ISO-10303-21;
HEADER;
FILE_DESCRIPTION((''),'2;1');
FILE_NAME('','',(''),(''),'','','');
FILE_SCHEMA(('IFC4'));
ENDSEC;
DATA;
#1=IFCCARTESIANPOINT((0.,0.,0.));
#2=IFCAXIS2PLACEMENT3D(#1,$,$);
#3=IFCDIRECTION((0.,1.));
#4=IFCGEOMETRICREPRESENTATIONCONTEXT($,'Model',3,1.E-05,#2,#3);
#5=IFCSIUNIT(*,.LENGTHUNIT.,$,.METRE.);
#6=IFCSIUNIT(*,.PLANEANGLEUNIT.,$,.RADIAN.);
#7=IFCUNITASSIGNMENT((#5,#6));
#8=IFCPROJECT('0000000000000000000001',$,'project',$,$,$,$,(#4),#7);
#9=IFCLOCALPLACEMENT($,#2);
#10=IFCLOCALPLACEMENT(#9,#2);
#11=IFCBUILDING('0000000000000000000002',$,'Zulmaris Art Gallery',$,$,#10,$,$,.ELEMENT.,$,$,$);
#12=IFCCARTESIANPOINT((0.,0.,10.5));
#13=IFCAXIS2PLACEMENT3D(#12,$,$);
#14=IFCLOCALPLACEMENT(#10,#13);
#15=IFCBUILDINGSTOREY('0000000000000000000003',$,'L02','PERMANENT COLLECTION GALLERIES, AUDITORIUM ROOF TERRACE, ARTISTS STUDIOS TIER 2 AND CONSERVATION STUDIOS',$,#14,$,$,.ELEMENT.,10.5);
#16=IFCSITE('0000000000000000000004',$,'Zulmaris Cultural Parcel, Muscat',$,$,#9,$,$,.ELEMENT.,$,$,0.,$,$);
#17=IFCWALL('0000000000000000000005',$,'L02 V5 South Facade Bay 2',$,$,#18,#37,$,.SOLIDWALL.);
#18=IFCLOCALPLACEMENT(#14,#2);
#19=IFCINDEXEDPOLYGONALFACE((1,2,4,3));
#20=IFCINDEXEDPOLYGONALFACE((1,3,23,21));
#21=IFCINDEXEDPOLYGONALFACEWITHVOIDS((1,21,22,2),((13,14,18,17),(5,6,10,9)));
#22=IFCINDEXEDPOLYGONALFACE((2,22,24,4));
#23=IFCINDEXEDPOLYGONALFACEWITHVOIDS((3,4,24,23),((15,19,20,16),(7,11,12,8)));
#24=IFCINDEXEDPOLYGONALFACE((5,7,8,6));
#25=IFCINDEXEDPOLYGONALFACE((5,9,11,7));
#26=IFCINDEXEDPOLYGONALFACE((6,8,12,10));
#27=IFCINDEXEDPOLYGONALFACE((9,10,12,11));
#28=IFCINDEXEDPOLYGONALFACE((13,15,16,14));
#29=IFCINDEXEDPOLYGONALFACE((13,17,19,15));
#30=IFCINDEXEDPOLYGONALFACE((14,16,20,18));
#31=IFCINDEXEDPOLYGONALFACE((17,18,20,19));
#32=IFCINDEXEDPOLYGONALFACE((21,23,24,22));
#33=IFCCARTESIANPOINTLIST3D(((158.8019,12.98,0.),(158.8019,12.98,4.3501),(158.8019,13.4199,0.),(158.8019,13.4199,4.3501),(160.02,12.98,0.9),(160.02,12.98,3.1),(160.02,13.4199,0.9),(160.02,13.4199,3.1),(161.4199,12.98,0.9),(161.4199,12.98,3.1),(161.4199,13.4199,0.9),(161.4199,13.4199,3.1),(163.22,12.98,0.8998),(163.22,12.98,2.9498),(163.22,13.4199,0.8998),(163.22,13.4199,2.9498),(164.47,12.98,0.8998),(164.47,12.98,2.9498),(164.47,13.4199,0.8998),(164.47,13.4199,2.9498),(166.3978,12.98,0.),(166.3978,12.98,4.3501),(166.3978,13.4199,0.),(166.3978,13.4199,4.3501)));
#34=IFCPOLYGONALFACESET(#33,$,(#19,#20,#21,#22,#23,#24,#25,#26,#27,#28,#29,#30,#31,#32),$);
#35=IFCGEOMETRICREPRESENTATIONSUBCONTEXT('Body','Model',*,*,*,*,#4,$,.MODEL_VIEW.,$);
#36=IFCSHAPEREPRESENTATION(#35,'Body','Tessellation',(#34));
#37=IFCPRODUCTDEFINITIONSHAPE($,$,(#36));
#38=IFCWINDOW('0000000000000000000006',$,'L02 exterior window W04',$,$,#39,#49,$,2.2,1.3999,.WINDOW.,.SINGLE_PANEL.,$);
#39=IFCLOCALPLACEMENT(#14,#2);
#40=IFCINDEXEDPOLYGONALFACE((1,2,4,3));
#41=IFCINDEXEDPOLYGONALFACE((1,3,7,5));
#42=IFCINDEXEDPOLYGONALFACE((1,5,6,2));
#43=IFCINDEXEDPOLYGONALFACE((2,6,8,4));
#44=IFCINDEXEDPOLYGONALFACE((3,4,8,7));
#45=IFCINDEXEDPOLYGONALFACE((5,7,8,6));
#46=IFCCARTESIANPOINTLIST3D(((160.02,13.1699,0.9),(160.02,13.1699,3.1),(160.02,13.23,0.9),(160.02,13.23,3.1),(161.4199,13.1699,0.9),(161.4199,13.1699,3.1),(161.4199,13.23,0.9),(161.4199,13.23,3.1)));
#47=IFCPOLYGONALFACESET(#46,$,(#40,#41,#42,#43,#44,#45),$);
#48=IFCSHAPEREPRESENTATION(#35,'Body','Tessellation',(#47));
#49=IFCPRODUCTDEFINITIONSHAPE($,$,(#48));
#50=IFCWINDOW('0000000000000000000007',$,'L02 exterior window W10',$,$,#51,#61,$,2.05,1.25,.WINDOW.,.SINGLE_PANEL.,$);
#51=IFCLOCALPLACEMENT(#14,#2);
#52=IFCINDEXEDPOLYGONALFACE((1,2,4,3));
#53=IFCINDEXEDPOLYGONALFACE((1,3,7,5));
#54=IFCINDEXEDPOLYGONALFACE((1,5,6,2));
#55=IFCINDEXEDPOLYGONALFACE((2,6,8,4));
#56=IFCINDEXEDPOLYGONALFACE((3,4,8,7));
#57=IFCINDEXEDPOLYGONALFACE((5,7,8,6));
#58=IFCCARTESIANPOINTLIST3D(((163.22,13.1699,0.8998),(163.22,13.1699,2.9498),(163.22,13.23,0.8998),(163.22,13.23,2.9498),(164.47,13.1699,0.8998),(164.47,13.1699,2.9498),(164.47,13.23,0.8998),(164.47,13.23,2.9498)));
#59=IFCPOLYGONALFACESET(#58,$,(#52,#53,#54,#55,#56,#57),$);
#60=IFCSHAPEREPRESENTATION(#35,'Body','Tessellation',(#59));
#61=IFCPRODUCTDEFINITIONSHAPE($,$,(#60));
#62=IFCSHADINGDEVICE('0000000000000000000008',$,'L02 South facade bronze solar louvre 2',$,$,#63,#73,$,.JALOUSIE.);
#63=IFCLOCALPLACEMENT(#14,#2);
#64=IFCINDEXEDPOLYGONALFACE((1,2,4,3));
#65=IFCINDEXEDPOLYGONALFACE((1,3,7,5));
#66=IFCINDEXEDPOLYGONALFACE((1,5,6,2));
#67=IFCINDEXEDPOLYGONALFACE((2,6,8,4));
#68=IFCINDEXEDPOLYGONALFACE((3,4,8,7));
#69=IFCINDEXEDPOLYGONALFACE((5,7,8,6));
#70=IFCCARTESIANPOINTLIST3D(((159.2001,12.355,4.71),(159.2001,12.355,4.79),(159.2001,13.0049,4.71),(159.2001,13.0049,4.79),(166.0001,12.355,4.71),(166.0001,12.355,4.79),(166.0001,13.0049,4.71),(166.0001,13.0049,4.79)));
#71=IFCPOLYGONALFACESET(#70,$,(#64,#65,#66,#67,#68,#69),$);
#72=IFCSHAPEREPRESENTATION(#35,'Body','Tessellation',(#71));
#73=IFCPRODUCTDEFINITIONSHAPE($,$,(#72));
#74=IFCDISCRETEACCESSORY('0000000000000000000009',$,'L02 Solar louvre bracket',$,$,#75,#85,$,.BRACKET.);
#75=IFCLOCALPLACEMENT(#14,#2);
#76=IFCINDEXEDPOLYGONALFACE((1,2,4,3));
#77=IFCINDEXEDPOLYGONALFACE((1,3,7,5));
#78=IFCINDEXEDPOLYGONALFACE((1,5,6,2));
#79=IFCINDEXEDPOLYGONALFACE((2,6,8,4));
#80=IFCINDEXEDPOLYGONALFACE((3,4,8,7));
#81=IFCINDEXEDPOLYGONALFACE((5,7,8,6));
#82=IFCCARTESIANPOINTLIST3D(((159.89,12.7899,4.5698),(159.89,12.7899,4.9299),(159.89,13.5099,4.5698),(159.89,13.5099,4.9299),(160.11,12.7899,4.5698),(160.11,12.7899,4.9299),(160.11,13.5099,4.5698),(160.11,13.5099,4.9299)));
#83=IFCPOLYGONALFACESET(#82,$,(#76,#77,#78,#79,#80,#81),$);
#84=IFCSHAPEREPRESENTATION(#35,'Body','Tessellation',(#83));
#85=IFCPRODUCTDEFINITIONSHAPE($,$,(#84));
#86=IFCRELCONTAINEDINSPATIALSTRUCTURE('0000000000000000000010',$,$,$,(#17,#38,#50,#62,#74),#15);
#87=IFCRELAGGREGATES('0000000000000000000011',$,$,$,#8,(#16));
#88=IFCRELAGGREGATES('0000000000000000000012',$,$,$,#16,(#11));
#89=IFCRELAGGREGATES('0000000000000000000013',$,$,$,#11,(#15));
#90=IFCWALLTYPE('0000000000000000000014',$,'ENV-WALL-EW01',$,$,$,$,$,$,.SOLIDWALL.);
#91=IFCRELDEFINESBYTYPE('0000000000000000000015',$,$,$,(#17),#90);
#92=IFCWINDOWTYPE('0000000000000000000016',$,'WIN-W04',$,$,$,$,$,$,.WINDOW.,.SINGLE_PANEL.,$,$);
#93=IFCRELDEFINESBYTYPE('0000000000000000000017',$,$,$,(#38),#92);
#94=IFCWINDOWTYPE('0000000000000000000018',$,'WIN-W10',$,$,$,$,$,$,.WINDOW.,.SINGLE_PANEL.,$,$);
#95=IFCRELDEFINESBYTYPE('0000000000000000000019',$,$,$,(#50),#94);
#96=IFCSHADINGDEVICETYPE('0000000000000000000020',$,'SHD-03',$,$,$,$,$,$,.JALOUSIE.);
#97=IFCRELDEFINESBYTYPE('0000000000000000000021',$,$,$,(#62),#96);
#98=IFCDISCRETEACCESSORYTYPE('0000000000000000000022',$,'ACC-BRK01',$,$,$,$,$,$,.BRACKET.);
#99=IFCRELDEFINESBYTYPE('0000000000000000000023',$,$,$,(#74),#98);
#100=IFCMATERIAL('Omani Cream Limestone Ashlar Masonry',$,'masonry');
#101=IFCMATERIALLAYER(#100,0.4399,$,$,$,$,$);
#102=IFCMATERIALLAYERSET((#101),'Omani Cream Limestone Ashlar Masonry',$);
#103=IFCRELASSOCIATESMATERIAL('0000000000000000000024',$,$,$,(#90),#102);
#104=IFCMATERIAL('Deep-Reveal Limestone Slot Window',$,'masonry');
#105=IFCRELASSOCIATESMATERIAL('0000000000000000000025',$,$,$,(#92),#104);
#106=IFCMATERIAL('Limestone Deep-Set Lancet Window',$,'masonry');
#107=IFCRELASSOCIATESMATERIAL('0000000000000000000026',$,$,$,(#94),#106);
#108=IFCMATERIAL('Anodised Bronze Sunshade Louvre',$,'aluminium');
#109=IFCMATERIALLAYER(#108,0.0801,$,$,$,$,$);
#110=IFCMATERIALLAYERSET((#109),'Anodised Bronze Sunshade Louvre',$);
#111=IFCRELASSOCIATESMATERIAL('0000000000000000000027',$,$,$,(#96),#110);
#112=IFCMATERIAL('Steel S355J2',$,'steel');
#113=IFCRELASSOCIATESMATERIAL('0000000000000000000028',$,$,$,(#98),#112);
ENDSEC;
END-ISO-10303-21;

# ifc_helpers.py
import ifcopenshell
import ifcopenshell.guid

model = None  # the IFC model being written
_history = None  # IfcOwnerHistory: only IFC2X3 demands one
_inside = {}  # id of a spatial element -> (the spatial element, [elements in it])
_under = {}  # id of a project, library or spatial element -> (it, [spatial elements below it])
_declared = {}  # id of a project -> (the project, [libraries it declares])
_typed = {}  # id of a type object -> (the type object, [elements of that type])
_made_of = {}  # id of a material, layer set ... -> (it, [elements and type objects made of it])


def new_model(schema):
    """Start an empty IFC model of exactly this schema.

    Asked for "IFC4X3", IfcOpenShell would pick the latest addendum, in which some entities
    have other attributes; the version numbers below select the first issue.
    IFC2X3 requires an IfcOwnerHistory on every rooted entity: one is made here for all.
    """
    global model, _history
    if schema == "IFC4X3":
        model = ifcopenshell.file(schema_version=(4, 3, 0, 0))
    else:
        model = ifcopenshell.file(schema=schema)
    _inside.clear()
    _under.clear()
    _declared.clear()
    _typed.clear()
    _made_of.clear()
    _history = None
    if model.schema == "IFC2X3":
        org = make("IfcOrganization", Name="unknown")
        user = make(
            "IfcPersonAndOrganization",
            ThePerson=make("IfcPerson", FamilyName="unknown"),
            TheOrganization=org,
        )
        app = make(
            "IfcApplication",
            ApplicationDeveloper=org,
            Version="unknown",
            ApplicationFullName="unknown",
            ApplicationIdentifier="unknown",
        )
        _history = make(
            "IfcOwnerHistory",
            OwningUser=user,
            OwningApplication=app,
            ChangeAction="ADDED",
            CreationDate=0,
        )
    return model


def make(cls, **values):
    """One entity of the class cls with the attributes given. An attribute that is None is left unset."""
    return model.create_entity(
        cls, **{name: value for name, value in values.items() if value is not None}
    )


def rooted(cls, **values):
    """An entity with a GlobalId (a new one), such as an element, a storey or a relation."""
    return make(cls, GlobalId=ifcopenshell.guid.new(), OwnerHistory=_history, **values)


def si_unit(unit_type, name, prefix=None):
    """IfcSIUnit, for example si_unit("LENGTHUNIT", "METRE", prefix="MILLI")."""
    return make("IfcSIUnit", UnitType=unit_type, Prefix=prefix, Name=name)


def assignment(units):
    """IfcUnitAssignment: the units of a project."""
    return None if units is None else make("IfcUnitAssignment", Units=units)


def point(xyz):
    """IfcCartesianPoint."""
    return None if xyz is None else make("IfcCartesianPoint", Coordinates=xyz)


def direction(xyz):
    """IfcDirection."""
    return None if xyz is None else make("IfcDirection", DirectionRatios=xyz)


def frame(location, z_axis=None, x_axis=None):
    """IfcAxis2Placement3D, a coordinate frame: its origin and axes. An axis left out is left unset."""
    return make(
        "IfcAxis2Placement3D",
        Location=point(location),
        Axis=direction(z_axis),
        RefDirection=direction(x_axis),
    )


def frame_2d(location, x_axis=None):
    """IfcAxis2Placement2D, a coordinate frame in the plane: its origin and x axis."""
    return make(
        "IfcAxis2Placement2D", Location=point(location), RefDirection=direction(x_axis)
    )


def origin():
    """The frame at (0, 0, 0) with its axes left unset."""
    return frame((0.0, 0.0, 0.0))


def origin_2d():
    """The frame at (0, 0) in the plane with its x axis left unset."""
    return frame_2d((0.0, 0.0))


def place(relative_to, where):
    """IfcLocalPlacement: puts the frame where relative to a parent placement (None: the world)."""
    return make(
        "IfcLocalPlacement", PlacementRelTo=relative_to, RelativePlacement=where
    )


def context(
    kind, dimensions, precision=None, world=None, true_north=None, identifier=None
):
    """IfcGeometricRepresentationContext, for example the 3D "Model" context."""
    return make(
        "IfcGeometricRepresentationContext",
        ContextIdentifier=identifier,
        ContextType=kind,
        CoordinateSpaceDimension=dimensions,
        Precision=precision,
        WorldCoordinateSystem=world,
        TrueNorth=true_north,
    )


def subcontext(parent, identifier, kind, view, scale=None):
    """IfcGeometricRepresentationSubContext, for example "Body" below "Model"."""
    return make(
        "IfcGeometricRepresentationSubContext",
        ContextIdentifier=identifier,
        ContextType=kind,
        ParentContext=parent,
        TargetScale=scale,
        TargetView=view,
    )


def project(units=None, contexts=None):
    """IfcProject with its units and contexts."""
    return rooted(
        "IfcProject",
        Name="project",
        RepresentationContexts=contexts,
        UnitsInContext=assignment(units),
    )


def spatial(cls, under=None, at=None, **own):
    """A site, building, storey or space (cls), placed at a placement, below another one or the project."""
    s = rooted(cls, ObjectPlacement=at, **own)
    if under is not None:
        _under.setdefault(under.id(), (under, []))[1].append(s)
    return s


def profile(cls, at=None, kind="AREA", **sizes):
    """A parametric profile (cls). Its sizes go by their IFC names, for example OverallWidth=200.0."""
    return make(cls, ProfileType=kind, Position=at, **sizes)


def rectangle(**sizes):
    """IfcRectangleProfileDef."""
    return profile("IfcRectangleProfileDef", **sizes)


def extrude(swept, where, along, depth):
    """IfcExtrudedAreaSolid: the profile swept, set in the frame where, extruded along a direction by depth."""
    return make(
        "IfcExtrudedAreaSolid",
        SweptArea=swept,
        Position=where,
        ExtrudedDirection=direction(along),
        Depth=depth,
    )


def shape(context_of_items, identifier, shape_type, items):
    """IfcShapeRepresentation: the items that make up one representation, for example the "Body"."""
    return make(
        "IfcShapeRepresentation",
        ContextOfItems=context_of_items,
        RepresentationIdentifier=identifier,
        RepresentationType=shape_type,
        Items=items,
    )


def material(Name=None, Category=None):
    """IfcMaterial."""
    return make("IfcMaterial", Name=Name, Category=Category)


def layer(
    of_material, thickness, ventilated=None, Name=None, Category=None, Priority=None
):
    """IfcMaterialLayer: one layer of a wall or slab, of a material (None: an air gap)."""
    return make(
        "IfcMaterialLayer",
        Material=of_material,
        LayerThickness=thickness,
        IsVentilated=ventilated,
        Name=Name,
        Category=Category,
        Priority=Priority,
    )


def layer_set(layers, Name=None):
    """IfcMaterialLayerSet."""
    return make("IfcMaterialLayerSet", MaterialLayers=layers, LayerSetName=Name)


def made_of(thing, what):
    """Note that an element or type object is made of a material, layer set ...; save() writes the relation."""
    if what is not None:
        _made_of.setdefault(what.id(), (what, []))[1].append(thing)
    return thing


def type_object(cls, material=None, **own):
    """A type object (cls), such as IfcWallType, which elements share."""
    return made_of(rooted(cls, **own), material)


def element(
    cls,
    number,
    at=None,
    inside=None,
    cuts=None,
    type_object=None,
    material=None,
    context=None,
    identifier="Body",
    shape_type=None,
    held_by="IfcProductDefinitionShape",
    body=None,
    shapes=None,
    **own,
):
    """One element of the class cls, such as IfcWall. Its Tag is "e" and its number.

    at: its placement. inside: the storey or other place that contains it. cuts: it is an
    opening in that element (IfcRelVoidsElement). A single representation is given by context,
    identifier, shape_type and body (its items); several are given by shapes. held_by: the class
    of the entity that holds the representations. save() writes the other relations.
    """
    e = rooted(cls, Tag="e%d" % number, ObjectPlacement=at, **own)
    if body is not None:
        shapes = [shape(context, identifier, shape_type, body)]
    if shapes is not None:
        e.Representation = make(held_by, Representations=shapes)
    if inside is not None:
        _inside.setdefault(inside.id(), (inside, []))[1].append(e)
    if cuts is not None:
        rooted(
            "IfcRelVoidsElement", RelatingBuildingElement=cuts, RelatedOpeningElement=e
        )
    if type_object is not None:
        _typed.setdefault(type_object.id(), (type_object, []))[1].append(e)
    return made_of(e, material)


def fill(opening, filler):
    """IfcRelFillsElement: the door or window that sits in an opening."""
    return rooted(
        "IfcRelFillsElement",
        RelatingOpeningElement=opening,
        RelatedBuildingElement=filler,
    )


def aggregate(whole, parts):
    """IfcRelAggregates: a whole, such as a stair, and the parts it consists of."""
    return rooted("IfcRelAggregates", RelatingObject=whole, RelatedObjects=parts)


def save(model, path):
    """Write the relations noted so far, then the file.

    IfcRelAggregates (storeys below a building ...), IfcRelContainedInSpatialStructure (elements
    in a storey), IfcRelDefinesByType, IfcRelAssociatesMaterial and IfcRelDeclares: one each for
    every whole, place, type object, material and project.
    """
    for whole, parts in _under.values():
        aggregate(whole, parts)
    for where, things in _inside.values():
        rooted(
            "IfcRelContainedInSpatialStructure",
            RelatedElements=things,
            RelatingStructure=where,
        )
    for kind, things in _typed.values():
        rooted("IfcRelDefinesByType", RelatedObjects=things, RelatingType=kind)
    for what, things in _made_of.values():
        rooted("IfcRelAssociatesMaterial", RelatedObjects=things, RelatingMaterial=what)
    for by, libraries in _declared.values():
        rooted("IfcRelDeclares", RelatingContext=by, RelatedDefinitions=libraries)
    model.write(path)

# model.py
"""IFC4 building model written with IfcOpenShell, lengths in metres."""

from ifc_helpers import new_model, si_unit, direction, frame, frame_2d, origin, origin_2d, place, context, subcontext, project, spatial, rectangle, extrude, material, layer, layer_set, type_object, element, fill, save


model = new_model("IFC4")

# Units and contexts
model_context = context("Model", 3, precision=1e-05, world=origin(), true_north=direction((0.0, 1.0)))
body_context = subcontext(model_context, "Body", "Model", "MODEL_VIEW")
ifc_project = project(units=[si_unit("LENGTHUNIT", "METRE"), si_unit("PLANEANGLEUNIT", "RADIAN")], contexts=[model_context])

# Site, building, storey
site_placement = place(None, origin())
site = spatial("IfcSite", under=ifc_project, at=site_placement, Name="Zulmaris Cultural Parcel, Muscat", CompositionType="ELEMENT", RefElevation=0.0)
building_placement = place(site_placement, origin())
building = spatial("IfcBuilding", under=site, at=building_placement, Name="Zulmaris Art Gallery", CompositionType="ELEMENT")
storey_placement = place(building_placement, frame((0.0, 0.0, 10.5)))
storey = spatial("IfcBuildingStorey", under=building, at=storey_placement, Name="L02", Description="PERMANENT COLLECTION GALLERIES, AUDITORIUM ROOF TERRACE, ARTISTS STUDIOS TIER 2 AND CONSERVATION STUDIOS", CompositionType="ELEMENT", Elevation=10.5)

# Shared definitions
ifc_material_1 = material(Name="Steel S355J2", Category="steel")

# Wall, openings, windows
ifc_material_2 = material(Name="Omani Cream Limestone Ashlar Masonry", Category="masonry")
ifc_layer_1 = layer(ifc_material_2, 0.4399)
ifc_layer_set_1 = layer_set([ifc_layer_1], Name="Omani Cream Limestone Ashlar Masonry")
wall_type = type_object("IfcWallType", Name="ENV-WALL-EW01", PredefinedType="SOLIDWALL", material=ifc_layer_set_1)
wall_placement = place(storey_placement, frame((158.802, 13.2, 0.0), z_axis=(0.0, 0.0, 1.0), x_axis=(1.0, 0.0, 0.0)))
wall = element("IfcWall", 1, at=wall_placement, inside=storey, type_object=wall_type, Name="L02 V5 South Facade Bay 2", PredefinedType="SOLIDWALL", context=body_context, shape_type="SweptSolid", body=[
    extrude(rectangle(XDim=7.5959, YDim=0.4399, at=frame_2d((3.7979, 0.0))), origin(), (0.0, 0.0, 1.0), 4.3501),
])
opening_1_placement = place(wall_placement, frame((1.218, 0.0, 0.8999)))
opening_1 = element("IfcOpeningElement", 2, at=opening_1_placement, cuts=wall, PredefinedType="OPENING", context=body_context, shape_type="SweptSolid", body=[
    extrude(rectangle(XDim=1.3999, YDim=2.2, at=frame_2d((0.7, 1.1001))), frame((0.0, 0.23, 0.0), z_axis=(0.0, -1.0, 0.0), x_axis=(1.0, 0.0, 0.0)), (0.0, 0.0, 1.0), 0.46),
])
opening_2_placement = place(wall_placement, frame((4.418, 0.0, 0.8999)))
opening_2 = element("IfcOpeningElement", 3, at=opening_2_placement, cuts=wall, PredefinedType="OPENING", context=body_context, shape_type="SweptSolid", body=[
    extrude(rectangle(XDim=1.25, YDim=2.05, at=frame_2d((0.625, 1.0249))), frame((0.0, 0.23, 0.0), z_axis=(0.0, -1.0, 0.0), x_axis=(1.0, 0.0, 0.0)), (0.0, 0.0, 1.0), 0.46),
])
ifc_material_3 = material(Name="Deep-Reveal Limestone Slot Window", Category="masonry")
window_type_1 = type_object("IfcWindowType", Name="WIN-W04", PartitioningType="SINGLE_PANEL", PredefinedType="WINDOW", material=ifc_material_3)
window_1_placement = place(opening_1_placement, origin())
window_1 = element("IfcWindow", 4, at=window_1_placement, inside=storey, type_object=window_type_1, Name="L02 exterior window W04", OverallHeight=2.2, OverallWidth=1.3999, PartitioningType="SINGLE_PANEL", PredefinedType="WINDOW", context=body_context, shape_type="SweptSolid", body=[
    extrude(rectangle(XDim=1.3999, YDim=2.2, at=frame_2d((0.7, 1.1001))), frame((0.0, 0.03, 0.0), z_axis=(0.0, -1.0, 0.0), x_axis=(1.0, 0.0, 0.0)), (0.0, 0.0, 1.0), 0.0601),
])
fill(opening_1, window_1)
ifc_material_4 = material(Name="Limestone Deep-Set Lancet Window", Category="masonry")
window_type_2 = type_object("IfcWindowType", Name="WIN-W10", PartitioningType="SINGLE_PANEL", PredefinedType="WINDOW", material=ifc_material_4)
window_2_placement = place(opening_2_placement, origin())
window_2 = element("IfcWindow", 5, at=window_2_placement, inside=storey, type_object=window_type_2, Name="L02 exterior window W10", OverallHeight=2.05, OverallWidth=1.25, PartitioningType="SINGLE_PANEL", PredefinedType="WINDOW", context=body_context, shape_type="SweptSolid", body=[
    extrude(rectangle(XDim=1.25, YDim=2.05, at=frame_2d((0.625, 1.0249))), frame((0.0, 0.03, 0.0), z_axis=(0.0, -1.0, 0.0), x_axis=(1.0, 0.0, 0.0)), (0.0, 0.0, 1.0), 0.0601),
])
fill(opening_2, window_2)

# Shading device
ifc_material_5 = material(Name="Anodised Bronze Sunshade Louvre", Category="aluminium")
ifc_layer_2 = layer(ifc_material_5, 0.0801)
ifc_layer_set_2 = layer_set([ifc_layer_2], Name="Anodised Bronze Sunshade Louvre")
shading_device_type = type_object("IfcShadingDeviceType", Name="SHD-03", PredefinedType="JALOUSIE", material=ifc_layer_set_2)
shading_device_placement = place(storey_placement, frame((162.6001, 12.6799, 4.71), z_axis=(0.0, 0.0, 1.0), x_axis=(1.0, 0.0, 0.0)))
element("IfcShadingDevice", 6, at=shading_device_placement, inside=storey, type_object=shading_device_type, Name="L02 South facade bronze solar louvre 2", PredefinedType="JALOUSIE", context=body_context, shape_type="SweptSolid", body=[
    extrude(rectangle(XDim=6.8, YDim=0.6499, at=origin_2d()), origin(), (0.0, 0.0, 1.0), 0.0801),
])

# Discrete accessory
discrete_accessory_type = type_object("IfcDiscreteAccessoryType", Name="ACC-BRK01", PredefinedType="BRACKET", material=ifc_material_1)
discrete_accessory_placement = place(storey_placement, frame((160.0, 13.1499, 4.5698), z_axis=(0.0, 0.0, 1.0), x_axis=(1.0, 0.0, 0.0)))
element("IfcDiscreteAccessory", 7, at=discrete_accessory_placement, inside=storey, type_object=discrete_accessory_type, Name="L02 Solar louvre bracket", PredefinedType="BRACKET", context=body_context, shape_type="SweptSolid", body=[
    extrude(rectangle(XDim=0.22, YDim=0.72, at=origin_2d()), origin(), (0.0, 0.0, 1.0), 0.3601),
])

save(model, "model.ifc")
